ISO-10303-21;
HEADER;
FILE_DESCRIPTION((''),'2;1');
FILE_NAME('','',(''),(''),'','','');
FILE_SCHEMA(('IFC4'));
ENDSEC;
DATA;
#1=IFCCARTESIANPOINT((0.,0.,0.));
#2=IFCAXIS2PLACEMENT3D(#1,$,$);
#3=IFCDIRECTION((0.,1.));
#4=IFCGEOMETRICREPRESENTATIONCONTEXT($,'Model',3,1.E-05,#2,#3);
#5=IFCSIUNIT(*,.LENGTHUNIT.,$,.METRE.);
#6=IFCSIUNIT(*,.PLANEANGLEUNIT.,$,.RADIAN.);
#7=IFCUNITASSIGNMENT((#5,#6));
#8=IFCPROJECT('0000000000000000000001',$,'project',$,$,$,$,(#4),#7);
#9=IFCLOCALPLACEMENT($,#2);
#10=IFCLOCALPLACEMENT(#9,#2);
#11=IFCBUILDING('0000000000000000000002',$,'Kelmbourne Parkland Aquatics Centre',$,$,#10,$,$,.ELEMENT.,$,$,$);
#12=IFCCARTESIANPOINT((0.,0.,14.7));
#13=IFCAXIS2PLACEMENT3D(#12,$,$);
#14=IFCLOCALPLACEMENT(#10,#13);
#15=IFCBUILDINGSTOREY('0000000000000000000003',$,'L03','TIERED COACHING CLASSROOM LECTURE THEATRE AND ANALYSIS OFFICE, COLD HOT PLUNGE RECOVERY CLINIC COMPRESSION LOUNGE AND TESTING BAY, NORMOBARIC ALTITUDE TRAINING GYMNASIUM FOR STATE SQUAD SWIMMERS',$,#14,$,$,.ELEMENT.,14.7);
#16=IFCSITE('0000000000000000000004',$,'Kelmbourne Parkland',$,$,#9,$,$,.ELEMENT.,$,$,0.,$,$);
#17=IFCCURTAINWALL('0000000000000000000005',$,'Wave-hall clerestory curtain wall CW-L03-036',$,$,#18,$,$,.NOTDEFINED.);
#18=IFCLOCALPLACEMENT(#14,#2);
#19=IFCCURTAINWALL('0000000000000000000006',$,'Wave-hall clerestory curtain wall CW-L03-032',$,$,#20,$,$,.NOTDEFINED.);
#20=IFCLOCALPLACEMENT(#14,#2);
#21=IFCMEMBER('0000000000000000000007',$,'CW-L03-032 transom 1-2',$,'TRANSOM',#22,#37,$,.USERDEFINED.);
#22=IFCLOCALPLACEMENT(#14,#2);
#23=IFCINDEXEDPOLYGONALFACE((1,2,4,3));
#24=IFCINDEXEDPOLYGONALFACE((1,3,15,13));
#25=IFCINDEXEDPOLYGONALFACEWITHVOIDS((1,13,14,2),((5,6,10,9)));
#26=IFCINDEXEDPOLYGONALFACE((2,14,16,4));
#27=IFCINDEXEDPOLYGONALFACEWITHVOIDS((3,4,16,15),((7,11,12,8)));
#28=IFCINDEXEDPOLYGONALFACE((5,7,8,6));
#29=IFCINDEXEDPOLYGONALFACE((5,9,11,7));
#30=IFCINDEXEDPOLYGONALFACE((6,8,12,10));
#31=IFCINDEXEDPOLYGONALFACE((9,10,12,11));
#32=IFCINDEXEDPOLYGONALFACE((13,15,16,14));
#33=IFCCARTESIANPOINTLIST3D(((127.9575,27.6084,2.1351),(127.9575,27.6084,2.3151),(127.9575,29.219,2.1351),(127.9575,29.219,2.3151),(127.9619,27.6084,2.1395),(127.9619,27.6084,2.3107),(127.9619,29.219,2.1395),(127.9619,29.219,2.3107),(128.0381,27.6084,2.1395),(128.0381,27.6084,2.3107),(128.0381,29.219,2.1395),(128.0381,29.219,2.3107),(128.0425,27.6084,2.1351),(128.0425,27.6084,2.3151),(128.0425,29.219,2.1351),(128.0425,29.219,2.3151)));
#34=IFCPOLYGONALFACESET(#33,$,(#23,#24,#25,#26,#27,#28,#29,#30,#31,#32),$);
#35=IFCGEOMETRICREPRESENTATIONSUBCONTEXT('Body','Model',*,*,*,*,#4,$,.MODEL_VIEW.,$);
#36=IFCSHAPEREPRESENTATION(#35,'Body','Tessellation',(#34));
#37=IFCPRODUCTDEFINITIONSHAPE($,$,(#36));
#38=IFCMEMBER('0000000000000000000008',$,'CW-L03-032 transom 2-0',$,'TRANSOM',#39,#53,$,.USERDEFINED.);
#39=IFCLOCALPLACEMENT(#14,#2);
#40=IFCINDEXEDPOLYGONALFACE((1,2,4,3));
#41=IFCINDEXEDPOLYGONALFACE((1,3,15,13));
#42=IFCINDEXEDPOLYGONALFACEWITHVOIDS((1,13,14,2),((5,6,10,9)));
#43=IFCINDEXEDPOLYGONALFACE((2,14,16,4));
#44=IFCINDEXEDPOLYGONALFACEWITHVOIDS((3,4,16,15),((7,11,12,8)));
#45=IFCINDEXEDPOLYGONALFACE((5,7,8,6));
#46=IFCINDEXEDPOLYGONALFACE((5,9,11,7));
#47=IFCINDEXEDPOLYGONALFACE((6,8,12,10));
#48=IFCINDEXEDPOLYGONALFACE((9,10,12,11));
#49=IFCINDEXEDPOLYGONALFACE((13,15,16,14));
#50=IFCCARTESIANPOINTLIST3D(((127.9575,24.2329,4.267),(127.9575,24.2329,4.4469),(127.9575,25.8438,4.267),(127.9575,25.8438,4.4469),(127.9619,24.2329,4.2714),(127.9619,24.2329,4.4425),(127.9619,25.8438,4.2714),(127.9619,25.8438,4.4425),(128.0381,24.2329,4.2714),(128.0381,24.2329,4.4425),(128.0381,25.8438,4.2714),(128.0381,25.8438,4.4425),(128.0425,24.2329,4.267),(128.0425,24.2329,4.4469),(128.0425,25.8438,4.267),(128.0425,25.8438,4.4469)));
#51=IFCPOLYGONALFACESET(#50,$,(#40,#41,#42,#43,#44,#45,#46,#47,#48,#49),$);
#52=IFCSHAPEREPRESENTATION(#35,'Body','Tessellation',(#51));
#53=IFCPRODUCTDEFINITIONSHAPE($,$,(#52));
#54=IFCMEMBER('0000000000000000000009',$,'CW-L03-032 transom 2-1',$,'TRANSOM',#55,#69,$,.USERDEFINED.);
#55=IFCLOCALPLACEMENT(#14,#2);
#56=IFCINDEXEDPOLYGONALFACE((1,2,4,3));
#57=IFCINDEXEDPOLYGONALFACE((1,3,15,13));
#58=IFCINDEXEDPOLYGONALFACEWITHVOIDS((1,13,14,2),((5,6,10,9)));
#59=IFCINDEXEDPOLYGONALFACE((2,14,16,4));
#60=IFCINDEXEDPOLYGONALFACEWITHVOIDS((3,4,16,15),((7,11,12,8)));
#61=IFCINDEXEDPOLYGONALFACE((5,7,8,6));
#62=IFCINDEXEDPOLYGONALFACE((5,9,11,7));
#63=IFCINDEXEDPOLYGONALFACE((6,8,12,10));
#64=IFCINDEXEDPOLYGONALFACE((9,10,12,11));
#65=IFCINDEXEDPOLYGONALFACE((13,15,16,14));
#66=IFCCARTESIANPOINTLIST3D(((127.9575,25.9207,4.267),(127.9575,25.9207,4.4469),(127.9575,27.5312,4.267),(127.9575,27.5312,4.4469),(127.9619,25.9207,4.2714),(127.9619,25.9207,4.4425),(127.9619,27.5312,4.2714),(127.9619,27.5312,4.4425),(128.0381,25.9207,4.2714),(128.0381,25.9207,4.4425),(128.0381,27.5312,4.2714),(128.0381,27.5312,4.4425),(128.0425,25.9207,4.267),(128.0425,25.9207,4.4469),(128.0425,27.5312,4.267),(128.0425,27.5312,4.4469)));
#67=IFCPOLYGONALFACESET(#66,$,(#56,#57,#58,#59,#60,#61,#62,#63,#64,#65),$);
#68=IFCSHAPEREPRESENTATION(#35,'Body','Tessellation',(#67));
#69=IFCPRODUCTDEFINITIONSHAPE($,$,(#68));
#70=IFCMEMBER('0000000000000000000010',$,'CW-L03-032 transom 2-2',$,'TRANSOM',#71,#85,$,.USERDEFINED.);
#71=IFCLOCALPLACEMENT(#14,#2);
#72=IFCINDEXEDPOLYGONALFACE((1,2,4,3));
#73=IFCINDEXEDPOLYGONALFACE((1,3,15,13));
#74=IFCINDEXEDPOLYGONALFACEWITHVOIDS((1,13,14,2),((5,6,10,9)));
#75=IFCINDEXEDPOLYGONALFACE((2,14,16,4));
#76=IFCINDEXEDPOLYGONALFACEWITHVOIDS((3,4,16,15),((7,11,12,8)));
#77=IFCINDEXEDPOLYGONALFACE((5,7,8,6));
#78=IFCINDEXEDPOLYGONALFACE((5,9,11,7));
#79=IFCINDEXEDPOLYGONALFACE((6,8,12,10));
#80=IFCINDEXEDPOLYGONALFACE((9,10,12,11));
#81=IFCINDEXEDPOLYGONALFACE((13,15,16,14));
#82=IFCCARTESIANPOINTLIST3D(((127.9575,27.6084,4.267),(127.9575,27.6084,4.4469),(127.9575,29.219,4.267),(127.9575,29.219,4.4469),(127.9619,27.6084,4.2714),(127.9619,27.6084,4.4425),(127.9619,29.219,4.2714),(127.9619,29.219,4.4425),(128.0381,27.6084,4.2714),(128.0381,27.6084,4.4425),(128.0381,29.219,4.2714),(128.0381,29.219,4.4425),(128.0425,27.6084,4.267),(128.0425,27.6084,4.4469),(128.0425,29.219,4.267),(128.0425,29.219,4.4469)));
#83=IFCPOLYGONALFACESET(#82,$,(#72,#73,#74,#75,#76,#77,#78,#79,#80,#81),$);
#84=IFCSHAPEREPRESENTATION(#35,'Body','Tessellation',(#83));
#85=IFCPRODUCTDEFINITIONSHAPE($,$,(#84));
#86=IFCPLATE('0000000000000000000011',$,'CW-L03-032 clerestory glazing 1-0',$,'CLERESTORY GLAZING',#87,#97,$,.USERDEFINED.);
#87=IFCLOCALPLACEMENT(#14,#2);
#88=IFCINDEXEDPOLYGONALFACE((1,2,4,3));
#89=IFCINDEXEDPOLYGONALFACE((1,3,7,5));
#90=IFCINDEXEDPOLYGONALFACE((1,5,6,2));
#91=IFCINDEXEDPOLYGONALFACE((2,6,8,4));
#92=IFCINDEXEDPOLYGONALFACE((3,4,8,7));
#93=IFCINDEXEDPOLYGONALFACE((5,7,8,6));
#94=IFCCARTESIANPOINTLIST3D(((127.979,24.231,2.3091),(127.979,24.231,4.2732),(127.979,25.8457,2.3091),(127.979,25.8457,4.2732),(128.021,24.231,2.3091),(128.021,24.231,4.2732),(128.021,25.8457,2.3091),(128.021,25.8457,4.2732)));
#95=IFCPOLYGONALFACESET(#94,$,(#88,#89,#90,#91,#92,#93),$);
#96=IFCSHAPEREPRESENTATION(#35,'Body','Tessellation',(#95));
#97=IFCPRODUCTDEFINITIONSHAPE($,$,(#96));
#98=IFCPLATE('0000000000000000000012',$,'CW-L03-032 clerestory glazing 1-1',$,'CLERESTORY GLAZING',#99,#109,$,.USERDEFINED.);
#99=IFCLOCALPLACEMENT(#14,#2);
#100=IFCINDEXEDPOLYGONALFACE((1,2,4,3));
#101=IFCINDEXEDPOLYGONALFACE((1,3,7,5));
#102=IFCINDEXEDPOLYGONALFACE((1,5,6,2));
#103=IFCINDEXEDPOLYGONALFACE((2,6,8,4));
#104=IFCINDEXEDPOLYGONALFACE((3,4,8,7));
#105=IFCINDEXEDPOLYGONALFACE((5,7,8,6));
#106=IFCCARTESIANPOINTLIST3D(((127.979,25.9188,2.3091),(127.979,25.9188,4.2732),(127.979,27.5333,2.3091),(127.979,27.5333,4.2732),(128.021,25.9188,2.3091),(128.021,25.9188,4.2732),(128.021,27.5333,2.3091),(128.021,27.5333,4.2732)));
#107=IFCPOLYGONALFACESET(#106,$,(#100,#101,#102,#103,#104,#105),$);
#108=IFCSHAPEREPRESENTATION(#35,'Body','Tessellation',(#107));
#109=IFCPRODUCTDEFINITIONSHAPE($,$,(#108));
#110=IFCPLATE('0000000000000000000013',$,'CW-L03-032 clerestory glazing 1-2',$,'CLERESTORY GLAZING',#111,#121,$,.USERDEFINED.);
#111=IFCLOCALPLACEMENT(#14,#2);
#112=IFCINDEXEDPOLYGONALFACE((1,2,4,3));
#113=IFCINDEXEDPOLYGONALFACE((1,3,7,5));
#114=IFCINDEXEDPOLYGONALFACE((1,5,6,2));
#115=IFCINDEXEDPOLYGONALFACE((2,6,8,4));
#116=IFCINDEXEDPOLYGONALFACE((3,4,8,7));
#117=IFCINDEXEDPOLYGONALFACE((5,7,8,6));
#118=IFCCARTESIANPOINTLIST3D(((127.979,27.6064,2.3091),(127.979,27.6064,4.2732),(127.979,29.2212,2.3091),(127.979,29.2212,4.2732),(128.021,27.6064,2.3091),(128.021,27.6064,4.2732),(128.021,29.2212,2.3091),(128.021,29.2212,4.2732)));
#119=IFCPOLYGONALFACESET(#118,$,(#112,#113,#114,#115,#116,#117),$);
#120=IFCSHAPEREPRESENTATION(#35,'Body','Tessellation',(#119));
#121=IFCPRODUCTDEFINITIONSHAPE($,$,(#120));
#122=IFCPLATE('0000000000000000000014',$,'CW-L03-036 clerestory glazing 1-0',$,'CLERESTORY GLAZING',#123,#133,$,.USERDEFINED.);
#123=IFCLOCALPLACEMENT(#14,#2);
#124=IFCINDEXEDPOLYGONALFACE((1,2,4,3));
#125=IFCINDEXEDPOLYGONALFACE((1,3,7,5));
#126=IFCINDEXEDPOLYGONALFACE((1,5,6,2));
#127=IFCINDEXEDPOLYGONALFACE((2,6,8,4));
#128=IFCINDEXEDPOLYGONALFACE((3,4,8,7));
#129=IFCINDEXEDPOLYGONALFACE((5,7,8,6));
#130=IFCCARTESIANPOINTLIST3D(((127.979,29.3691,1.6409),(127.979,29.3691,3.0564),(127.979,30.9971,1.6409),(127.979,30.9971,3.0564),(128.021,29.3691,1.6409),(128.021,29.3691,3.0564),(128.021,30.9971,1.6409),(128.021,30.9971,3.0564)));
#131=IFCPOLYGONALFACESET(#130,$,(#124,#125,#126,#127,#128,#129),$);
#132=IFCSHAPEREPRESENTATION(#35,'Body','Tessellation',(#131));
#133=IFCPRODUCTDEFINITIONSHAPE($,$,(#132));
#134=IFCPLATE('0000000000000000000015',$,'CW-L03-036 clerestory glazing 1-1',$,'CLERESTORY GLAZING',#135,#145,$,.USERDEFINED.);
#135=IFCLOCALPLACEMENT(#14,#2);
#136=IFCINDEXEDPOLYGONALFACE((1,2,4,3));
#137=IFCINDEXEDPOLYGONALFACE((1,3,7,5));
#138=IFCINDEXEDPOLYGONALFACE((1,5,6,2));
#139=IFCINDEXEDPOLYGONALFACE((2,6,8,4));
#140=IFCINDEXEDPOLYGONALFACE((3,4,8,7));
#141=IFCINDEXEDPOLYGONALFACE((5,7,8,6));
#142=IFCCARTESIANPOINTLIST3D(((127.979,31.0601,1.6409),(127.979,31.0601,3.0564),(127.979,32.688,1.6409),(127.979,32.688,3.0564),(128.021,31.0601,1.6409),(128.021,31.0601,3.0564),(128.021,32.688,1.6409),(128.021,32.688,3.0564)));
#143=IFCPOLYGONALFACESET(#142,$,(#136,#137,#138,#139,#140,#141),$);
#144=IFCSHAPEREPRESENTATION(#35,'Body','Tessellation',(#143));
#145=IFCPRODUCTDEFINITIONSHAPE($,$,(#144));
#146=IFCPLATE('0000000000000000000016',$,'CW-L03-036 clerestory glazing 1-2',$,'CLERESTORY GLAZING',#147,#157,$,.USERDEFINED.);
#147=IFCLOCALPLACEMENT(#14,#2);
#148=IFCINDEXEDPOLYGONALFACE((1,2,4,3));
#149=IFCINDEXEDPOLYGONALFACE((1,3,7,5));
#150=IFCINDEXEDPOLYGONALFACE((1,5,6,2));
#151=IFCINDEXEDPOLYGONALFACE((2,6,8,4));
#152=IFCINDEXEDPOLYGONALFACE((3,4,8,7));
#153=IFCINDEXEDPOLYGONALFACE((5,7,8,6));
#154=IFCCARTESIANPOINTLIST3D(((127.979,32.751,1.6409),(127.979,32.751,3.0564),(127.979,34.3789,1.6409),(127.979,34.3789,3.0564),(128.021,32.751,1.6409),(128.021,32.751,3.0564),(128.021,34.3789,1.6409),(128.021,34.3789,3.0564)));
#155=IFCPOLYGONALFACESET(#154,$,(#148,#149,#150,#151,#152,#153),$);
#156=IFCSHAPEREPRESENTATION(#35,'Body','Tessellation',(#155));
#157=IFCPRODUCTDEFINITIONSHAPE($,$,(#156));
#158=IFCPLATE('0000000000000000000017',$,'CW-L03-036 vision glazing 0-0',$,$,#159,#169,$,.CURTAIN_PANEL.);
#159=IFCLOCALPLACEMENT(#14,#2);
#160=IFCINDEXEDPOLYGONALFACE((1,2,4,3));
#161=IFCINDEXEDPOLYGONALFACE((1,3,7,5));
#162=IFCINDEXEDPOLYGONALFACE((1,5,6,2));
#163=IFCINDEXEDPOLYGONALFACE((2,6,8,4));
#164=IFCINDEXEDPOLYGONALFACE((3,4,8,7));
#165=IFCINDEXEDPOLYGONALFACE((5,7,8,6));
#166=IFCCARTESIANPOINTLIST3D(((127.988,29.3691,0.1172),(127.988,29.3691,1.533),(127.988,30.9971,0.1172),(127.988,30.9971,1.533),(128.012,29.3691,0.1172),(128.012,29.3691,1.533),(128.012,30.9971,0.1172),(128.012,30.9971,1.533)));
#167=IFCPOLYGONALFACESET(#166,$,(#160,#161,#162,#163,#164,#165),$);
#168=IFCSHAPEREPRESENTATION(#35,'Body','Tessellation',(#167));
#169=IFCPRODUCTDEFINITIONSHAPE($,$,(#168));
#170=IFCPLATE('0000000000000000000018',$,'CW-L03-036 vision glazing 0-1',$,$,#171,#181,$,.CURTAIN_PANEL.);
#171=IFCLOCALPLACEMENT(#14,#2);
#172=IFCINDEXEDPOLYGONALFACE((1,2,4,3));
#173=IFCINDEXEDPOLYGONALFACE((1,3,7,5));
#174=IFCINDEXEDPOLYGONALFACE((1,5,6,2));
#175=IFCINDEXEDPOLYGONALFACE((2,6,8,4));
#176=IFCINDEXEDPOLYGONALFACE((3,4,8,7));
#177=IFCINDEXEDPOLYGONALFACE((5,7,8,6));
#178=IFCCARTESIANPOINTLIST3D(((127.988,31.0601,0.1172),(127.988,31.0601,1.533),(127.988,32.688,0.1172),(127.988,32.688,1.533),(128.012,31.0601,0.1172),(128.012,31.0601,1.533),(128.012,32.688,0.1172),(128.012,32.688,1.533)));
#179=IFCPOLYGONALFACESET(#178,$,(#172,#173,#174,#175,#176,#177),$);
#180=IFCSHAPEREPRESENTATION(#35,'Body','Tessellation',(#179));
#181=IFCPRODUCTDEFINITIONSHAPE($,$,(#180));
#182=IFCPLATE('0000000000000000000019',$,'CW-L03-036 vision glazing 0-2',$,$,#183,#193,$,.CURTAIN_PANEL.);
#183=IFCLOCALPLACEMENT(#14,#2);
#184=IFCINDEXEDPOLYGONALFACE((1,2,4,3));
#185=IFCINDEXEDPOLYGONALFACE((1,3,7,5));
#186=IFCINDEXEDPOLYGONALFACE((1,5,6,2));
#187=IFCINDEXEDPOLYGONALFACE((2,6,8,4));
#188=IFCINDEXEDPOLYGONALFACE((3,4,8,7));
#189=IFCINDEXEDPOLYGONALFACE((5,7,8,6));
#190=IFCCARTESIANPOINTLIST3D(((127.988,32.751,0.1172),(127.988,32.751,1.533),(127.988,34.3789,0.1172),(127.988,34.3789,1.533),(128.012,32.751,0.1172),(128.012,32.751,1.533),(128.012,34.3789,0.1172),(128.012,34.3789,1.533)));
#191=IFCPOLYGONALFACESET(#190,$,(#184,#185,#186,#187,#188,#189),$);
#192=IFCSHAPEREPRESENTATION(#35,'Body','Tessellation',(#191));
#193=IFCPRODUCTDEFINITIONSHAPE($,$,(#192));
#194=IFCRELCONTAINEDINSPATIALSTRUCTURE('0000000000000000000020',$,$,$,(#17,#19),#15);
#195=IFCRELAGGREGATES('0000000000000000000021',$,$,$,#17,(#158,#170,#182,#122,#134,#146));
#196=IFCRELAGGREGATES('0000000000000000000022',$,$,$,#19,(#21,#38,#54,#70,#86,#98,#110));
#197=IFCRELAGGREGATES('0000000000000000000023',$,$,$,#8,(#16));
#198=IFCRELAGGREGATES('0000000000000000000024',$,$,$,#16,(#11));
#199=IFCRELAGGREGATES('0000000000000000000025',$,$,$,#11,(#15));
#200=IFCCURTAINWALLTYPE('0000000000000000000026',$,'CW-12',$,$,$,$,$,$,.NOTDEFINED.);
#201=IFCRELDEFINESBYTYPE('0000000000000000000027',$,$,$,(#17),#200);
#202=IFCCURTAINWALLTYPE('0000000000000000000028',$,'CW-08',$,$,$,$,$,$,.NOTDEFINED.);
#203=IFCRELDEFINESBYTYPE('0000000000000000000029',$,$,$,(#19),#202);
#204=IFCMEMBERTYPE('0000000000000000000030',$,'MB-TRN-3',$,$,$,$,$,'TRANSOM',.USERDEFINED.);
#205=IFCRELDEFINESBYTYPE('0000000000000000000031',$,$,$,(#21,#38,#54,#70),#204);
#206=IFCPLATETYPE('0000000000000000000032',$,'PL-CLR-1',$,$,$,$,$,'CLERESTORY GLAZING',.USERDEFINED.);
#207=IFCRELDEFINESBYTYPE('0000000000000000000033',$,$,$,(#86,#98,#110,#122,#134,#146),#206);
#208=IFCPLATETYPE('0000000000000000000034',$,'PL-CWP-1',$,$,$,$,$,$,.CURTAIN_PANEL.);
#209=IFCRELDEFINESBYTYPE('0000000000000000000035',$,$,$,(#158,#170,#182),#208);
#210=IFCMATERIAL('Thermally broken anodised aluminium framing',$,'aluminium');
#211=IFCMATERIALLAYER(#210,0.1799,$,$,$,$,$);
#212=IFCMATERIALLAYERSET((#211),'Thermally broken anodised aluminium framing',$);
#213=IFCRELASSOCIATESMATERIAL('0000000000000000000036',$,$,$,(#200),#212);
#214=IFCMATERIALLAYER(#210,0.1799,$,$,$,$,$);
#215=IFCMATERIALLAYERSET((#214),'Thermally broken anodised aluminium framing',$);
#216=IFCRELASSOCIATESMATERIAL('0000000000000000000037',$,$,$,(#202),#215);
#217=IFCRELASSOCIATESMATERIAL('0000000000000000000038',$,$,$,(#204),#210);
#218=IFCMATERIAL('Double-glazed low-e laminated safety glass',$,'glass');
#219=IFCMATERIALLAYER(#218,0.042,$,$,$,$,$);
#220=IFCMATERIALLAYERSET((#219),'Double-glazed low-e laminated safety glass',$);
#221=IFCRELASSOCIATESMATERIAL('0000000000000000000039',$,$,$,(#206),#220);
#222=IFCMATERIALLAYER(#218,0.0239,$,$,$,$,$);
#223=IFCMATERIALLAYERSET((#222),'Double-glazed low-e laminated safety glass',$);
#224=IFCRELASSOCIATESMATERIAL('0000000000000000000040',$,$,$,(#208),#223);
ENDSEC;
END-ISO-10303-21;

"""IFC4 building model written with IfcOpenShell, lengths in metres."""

from ifc_helpers import new_model, si_unit, direction, frame, origin, origin_2d, place, context, subcontext, project, spatial, rectangle, hollow_rectangle, extrude, material, layer, layer_set, material_profile, profile_set, type_object, element, aggregate, save


model = new_model("IFC4")

# Units and contexts
model_context = context("Model", 3, precision=1e-05, world=origin(), true_north=direction((0.0, 1.0)))
body_context = subcontext(model_context, "Body", "Model", "MODEL_VIEW")
ifc_project = project(units=[si_unit("LENGTHUNIT", "METRE"), si_unit("PLANEANGLEUNIT", "RADIAN")], contexts=[model_context])

# Site, building, storey
site_placement = place(None, origin())
site = spatial("IfcSite", under=ifc_project, at=site_placement, Name="Kelmbourne Parkland", CompositionType="ELEMENT", RefElevation=0.0)
building_placement = place(site_placement, origin())
building = spatial("IfcBuilding", under=site, at=building_placement, Name="Kelmbourne Parkland Aquatics Centre", CompositionType="ELEMENT")
storey_placement = place(building_placement, frame((0.0, 0.0, 14.7)))
storey = spatial("IfcBuildingStorey", under=building, at=storey_placement, Name="L03", Description="TIERED COACHING CLASSROOM LECTURE THEATRE AND ANALYSIS OFFICE, COLD HOT PLUNGE RECOVERY CLINIC COMPRESSION LOUNGE AND TESTING BAY, NORMOBARIC ALTITUDE TRAINING GYMNASIUM FOR STATE SQUAD SWIMMERS", CompositionType="ELEMENT", Elevation=14.7)

# Curtain walls
ifc_material_1 = material(Name="Thermally broken anodised aluminium framing", Category="aluminium")
ifc_layer_1 = layer(ifc_material_1, 0.1799)
ifc_layer_set_1 = layer_set([ifc_layer_1], Name="Thermally broken anodised aluminium framing")
curtain_wall_type_1 = type_object("IfcCurtainWallType", Name="CW-12", PredefinedType="NOTDEFINED", material=ifc_layer_set_1)
curtain_wall_1_placement = place(storey_placement, origin())
curtain_wall_1 = element("IfcCurtainWall", 1, at=curtain_wall_1_placement, inside=storey, type_object=curtain_wall_type_1, Name="Wave-hall clerestory curtain wall CW-L03-036", PredefinedType="NOTDEFINED")
ifc_layer_2 = layer(ifc_material_1, 0.1799)
ifc_layer_set_2 = layer_set([ifc_layer_2], Name="Thermally broken anodised aluminium framing")
curtain_wall_type_2 = type_object("IfcCurtainWallType", Name="CW-08", PredefinedType="NOTDEFINED", material=ifc_layer_set_2)
curtain_wall_2_placement = place(storey_placement, origin())
curtain_wall_2 = element("IfcCurtainWall", 2, at=curtain_wall_2_placement, inside=storey, type_object=curtain_wall_type_2, Name="Wave-hall clerestory curtain wall CW-L03-032", PredefinedType="NOTDEFINED")

# Members
ifc_material_profile_1 = material_profile(ifc_material_1, hollow_rectangle(XDim=0.085, YDim=0.1799, WallThickness=0.0044, at=origin_2d()), Name="CW-T 85x180")
ifc_profile_set_1 = profile_set([ifc_material_profile_1], Name="Thermally broken anodised aluminium framing")
member_type_1 = type_object("IfcMemberType", Name="MB-TRN-3", ElementType="TRANSOM", PredefinedType="USERDEFINED", material=ifc_profile_set_1)
member_1_placement = place(storey_placement, frame((128.0, 27.6084, 2.2251), z_axis=(0.0, 1.0, 0.0), x_axis=(-1.0, 0.0, 0.0)))
member_1 = element("IfcMember", 3, at=member_1_placement, type_object=member_type_1, Name="CW-L03-032 transom 1-2", ObjectType="TRANSOM", PredefinedType="USERDEFINED", context=body_context, shape_type="SweptSolid", body=[
    extrude(hollow_rectangle(XDim=0.085, YDim=0.1799, WallThickness=0.0044, at=origin_2d()), origin(), (0.0, 0.0, 1.0), 1.6106),
])
member_2_placement = place(storey_placement, frame((128.0, 24.2329, 4.3569), z_axis=(0.0, 1.0, 0.0), x_axis=(-1.0, 0.0, 0.0)))
member_2 = element("IfcMember", 4, at=member_2_placement, type_object=member_type_1, Name="CW-L03-032 transom 2-0", ObjectType="TRANSOM", PredefinedType="USERDEFINED", context=body_context, shape_type="SweptSolid", body=[
    extrude(hollow_rectangle(XDim=0.085, YDim=0.1799, WallThickness=0.0044, at=origin_2d()), origin(), (0.0, 0.0, 1.0), 1.6108),
])
member_3_placement = place(storey_placement, frame((128.0, 25.9207, 4.3569), z_axis=(0.0, 1.0, 0.0), x_axis=(-1.0, 0.0, 0.0)))
member_3 = element("IfcMember", 5, at=member_3_placement, type_object=member_type_1, Name="CW-L03-032 transom 2-1", ObjectType="TRANSOM", PredefinedType="USERDEFINED", context=body_context, shape_type="SweptSolid", body=[
    extrude(hollow_rectangle(XDim=0.085, YDim=0.1799, WallThickness=0.0044, at=origin_2d()), origin(), (0.0, 0.0, 1.0), 1.6106),
])
member_4_placement = place(storey_placement, frame((128.0, 27.6084, 4.3569), z_axis=(0.0, 1.0, 0.0), x_axis=(-1.0, 0.0, 0.0)))
member_4 = element("IfcMember", 6, at=member_4_placement, type_object=member_type_1, Name="CW-L03-032 transom 2-2", ObjectType="TRANSOM", PredefinedType="USERDEFINED", context=body_context, shape_type="SweptSolid", body=[
    extrude(hollow_rectangle(XDim=0.085, YDim=0.1799, WallThickness=0.0044, at=origin_2d()), origin(), (0.0, 0.0, 1.0), 1.6106),
])

# Plates
ifc_material_2 = material(Name="Double-glazed low-e laminated safety glass", Category="glass")
ifc_layer_3 = layer(ifc_material_2, 0.042)
ifc_layer_set_3 = layer_set([ifc_layer_3], Name="Double-glazed low-e laminated safety glass")
plate_type_1 = type_object("IfcPlateType", Name="PL-CLR-1", ElementType="CLERESTORY GLAZING", PredefinedType="USERDEFINED", material=ifc_layer_set_3)
plate_1_placement = place(storey_placement, frame((128.0, 25.0383, 2.3091), z_axis=(0.0, 0.0, 1.0), x_axis=(0.0, 1.0, 0.0)))
plate_1 = element("IfcPlate", 7, at=plate_1_placement, type_object=plate_type_1, Name="CW-L03-032 clerestory glazing 1-0", ObjectType="CLERESTORY GLAZING", PredefinedType="USERDEFINED", context=body_context, shape_type="SweptSolid", body=[
    extrude(rectangle(XDim=1.6147, YDim=0.042, at=origin_2d()), origin(), (0.0, 0.0, 1.0), 1.9641),
])
plate_2_placement = place(storey_placement, frame((128.0, 26.7261, 2.3091), z_axis=(0.0, 0.0, 1.0), x_axis=(0.0, 1.0, 0.0)))
plate_2 = element("IfcPlate", 8, at=plate_2_placement, type_object=plate_type_1, Name="CW-L03-032 clerestory glazing 1-1", ObjectType="CLERESTORY GLAZING", PredefinedType="USERDEFINED", context=body_context, shape_type="SweptSolid", body=[
    extrude(rectangle(XDim=1.6145, YDim=0.042, at=origin_2d()), origin(), (0.0, 0.0, 1.0), 1.9641),
])
plate_3_placement = place(storey_placement, frame((128.0, 28.4138, 2.3091), z_axis=(0.0, 0.0, 1.0), x_axis=(0.0, 1.0, 0.0)))
plate_3 = element("IfcPlate", 9, at=plate_3_placement, type_object=plate_type_1, Name="CW-L03-032 clerestory glazing 1-2", ObjectType="CLERESTORY GLAZING", PredefinedType="USERDEFINED", context=body_context, shape_type="SweptSolid", body=[
    extrude(rectangle(XDim=1.6147, YDim=0.042, at=origin_2d()), origin(), (0.0, 0.0, 1.0), 1.9641),
])
plate_4_placement = place(storey_placement, frame((128.0, 30.1831, 1.6409), z_axis=(0.0, 0.0, 1.0), x_axis=(0.0, 1.0, 0.0)))
plate_4 = element("IfcPlate", 10, at=plate_4_placement, type_object=plate_type_1, Name="CW-L03-036 clerestory glazing 1-0", ObjectType="CLERESTORY GLAZING", PredefinedType="USERDEFINED", context=body_context, shape_type="SweptSolid", body=[
    extrude(rectangle(XDim=1.6279, YDim=0.042, at=origin_2d()), origin(), (0.0, 0.0, 1.0), 1.4155),
])
plate_5_placement = place(storey_placement, frame((128.0, 31.874, 1.6409), z_axis=(0.0, 0.0, 1.0), x_axis=(0.0, 1.0, 0.0)))
plate_5 = element("IfcPlate", 11, at=plate_5_placement, type_object=plate_type_1, Name="CW-L03-036 clerestory glazing 1-1", ObjectType="CLERESTORY GLAZING", PredefinedType="USERDEFINED", context=body_context, shape_type="SweptSolid", body=[
    extrude(rectangle(XDim=1.6279, YDim=0.042, at=origin_2d()), origin(), (0.0, 0.0, 1.0), 1.4155),
])
plate_6_placement = place(storey_placement, frame((128.0, 33.5649, 1.6409), z_axis=(0.0, 0.0, 1.0), x_axis=(0.0, 1.0, 0.0)))
plate_6 = element("IfcPlate", 12, at=plate_6_placement, type_object=plate_type_1, Name="CW-L03-036 clerestory glazing 1-2", ObjectType="CLERESTORY GLAZING", PredefinedType="USERDEFINED", context=body_context, shape_type="SweptSolid", body=[
    extrude(rectangle(XDim=1.6279, YDim=0.042, at=origin_2d()), origin(), (0.0, 0.0, 1.0), 1.4155),
])
ifc_layer_4 = layer(ifc_material_2, 0.0239)
ifc_layer_set_4 = layer_set([ifc_layer_4], Name="Double-glazed low-e laminated safety glass")
plate_type_2 = type_object("IfcPlateType", Name="PL-CWP-1", PredefinedType="CURTAIN_PANEL", material=ifc_layer_set_4)
plate_7_placement = place(storey_placement, frame((128.0, 30.1831, 0.1172), z_axis=(0.0, 0.0, 1.0), x_axis=(0.0, 1.0, 0.0)))
plate_7 = element("IfcPlate", 13, at=plate_7_placement, type_object=plate_type_2, Name="CW-L03-036 vision glazing 0-0", PredefinedType="CURTAIN_PANEL", context=body_context, shape_type="SweptSolid", body=[
    extrude(rectangle(XDim=1.6279, YDim=0.0239, at=origin_2d()), origin(), (0.0, 0.0, 1.0), 1.4158),
])
plate_8_placement = place(storey_placement, frame((128.0, 31.874, 0.1172), z_axis=(0.0, 0.0, 1.0), x_axis=(0.0, 1.0, 0.0)))
plate_8 = element("IfcPlate", 14, at=plate_8_placement, type_object=plate_type_2, Name="CW-L03-036 vision glazing 0-1", PredefinedType="CURTAIN_PANEL", context=body_context, shape_type="SweptSolid", body=[
    extrude(rectangle(XDim=1.6279, YDim=0.0239, at=origin_2d()), origin(), (0.0, 0.0, 1.0), 1.4158),
])
plate_9_placement = place(storey_placement, frame((128.0, 33.5649, 0.1172), z_axis=(0.0, 0.0, 1.0), x_axis=(0.0, 1.0, 0.0)))
plate_9 = element("IfcPlate", 15, at=plate_9_placement, type_object=plate_type_2, Name="CW-L03-036 vision glazing 0-2", PredefinedType="CURTAIN_PANEL", context=body_context, shape_type="SweptSolid", body=[
    extrude(rectangle(XDim=1.6279, YDim=0.0239, at=origin_2d()), origin(), (0.0, 0.0, 1.0), 1.4158),
])
aggregate(curtain_wall_1, [plate_7, plate_8, plate_9, plate_4, plate_5, plate_6])
aggregate(curtain_wall_2, [member_1, member_2, member_3, member_4, plate_1, plate_2, plate_3])

save(model, "model.ifc")
